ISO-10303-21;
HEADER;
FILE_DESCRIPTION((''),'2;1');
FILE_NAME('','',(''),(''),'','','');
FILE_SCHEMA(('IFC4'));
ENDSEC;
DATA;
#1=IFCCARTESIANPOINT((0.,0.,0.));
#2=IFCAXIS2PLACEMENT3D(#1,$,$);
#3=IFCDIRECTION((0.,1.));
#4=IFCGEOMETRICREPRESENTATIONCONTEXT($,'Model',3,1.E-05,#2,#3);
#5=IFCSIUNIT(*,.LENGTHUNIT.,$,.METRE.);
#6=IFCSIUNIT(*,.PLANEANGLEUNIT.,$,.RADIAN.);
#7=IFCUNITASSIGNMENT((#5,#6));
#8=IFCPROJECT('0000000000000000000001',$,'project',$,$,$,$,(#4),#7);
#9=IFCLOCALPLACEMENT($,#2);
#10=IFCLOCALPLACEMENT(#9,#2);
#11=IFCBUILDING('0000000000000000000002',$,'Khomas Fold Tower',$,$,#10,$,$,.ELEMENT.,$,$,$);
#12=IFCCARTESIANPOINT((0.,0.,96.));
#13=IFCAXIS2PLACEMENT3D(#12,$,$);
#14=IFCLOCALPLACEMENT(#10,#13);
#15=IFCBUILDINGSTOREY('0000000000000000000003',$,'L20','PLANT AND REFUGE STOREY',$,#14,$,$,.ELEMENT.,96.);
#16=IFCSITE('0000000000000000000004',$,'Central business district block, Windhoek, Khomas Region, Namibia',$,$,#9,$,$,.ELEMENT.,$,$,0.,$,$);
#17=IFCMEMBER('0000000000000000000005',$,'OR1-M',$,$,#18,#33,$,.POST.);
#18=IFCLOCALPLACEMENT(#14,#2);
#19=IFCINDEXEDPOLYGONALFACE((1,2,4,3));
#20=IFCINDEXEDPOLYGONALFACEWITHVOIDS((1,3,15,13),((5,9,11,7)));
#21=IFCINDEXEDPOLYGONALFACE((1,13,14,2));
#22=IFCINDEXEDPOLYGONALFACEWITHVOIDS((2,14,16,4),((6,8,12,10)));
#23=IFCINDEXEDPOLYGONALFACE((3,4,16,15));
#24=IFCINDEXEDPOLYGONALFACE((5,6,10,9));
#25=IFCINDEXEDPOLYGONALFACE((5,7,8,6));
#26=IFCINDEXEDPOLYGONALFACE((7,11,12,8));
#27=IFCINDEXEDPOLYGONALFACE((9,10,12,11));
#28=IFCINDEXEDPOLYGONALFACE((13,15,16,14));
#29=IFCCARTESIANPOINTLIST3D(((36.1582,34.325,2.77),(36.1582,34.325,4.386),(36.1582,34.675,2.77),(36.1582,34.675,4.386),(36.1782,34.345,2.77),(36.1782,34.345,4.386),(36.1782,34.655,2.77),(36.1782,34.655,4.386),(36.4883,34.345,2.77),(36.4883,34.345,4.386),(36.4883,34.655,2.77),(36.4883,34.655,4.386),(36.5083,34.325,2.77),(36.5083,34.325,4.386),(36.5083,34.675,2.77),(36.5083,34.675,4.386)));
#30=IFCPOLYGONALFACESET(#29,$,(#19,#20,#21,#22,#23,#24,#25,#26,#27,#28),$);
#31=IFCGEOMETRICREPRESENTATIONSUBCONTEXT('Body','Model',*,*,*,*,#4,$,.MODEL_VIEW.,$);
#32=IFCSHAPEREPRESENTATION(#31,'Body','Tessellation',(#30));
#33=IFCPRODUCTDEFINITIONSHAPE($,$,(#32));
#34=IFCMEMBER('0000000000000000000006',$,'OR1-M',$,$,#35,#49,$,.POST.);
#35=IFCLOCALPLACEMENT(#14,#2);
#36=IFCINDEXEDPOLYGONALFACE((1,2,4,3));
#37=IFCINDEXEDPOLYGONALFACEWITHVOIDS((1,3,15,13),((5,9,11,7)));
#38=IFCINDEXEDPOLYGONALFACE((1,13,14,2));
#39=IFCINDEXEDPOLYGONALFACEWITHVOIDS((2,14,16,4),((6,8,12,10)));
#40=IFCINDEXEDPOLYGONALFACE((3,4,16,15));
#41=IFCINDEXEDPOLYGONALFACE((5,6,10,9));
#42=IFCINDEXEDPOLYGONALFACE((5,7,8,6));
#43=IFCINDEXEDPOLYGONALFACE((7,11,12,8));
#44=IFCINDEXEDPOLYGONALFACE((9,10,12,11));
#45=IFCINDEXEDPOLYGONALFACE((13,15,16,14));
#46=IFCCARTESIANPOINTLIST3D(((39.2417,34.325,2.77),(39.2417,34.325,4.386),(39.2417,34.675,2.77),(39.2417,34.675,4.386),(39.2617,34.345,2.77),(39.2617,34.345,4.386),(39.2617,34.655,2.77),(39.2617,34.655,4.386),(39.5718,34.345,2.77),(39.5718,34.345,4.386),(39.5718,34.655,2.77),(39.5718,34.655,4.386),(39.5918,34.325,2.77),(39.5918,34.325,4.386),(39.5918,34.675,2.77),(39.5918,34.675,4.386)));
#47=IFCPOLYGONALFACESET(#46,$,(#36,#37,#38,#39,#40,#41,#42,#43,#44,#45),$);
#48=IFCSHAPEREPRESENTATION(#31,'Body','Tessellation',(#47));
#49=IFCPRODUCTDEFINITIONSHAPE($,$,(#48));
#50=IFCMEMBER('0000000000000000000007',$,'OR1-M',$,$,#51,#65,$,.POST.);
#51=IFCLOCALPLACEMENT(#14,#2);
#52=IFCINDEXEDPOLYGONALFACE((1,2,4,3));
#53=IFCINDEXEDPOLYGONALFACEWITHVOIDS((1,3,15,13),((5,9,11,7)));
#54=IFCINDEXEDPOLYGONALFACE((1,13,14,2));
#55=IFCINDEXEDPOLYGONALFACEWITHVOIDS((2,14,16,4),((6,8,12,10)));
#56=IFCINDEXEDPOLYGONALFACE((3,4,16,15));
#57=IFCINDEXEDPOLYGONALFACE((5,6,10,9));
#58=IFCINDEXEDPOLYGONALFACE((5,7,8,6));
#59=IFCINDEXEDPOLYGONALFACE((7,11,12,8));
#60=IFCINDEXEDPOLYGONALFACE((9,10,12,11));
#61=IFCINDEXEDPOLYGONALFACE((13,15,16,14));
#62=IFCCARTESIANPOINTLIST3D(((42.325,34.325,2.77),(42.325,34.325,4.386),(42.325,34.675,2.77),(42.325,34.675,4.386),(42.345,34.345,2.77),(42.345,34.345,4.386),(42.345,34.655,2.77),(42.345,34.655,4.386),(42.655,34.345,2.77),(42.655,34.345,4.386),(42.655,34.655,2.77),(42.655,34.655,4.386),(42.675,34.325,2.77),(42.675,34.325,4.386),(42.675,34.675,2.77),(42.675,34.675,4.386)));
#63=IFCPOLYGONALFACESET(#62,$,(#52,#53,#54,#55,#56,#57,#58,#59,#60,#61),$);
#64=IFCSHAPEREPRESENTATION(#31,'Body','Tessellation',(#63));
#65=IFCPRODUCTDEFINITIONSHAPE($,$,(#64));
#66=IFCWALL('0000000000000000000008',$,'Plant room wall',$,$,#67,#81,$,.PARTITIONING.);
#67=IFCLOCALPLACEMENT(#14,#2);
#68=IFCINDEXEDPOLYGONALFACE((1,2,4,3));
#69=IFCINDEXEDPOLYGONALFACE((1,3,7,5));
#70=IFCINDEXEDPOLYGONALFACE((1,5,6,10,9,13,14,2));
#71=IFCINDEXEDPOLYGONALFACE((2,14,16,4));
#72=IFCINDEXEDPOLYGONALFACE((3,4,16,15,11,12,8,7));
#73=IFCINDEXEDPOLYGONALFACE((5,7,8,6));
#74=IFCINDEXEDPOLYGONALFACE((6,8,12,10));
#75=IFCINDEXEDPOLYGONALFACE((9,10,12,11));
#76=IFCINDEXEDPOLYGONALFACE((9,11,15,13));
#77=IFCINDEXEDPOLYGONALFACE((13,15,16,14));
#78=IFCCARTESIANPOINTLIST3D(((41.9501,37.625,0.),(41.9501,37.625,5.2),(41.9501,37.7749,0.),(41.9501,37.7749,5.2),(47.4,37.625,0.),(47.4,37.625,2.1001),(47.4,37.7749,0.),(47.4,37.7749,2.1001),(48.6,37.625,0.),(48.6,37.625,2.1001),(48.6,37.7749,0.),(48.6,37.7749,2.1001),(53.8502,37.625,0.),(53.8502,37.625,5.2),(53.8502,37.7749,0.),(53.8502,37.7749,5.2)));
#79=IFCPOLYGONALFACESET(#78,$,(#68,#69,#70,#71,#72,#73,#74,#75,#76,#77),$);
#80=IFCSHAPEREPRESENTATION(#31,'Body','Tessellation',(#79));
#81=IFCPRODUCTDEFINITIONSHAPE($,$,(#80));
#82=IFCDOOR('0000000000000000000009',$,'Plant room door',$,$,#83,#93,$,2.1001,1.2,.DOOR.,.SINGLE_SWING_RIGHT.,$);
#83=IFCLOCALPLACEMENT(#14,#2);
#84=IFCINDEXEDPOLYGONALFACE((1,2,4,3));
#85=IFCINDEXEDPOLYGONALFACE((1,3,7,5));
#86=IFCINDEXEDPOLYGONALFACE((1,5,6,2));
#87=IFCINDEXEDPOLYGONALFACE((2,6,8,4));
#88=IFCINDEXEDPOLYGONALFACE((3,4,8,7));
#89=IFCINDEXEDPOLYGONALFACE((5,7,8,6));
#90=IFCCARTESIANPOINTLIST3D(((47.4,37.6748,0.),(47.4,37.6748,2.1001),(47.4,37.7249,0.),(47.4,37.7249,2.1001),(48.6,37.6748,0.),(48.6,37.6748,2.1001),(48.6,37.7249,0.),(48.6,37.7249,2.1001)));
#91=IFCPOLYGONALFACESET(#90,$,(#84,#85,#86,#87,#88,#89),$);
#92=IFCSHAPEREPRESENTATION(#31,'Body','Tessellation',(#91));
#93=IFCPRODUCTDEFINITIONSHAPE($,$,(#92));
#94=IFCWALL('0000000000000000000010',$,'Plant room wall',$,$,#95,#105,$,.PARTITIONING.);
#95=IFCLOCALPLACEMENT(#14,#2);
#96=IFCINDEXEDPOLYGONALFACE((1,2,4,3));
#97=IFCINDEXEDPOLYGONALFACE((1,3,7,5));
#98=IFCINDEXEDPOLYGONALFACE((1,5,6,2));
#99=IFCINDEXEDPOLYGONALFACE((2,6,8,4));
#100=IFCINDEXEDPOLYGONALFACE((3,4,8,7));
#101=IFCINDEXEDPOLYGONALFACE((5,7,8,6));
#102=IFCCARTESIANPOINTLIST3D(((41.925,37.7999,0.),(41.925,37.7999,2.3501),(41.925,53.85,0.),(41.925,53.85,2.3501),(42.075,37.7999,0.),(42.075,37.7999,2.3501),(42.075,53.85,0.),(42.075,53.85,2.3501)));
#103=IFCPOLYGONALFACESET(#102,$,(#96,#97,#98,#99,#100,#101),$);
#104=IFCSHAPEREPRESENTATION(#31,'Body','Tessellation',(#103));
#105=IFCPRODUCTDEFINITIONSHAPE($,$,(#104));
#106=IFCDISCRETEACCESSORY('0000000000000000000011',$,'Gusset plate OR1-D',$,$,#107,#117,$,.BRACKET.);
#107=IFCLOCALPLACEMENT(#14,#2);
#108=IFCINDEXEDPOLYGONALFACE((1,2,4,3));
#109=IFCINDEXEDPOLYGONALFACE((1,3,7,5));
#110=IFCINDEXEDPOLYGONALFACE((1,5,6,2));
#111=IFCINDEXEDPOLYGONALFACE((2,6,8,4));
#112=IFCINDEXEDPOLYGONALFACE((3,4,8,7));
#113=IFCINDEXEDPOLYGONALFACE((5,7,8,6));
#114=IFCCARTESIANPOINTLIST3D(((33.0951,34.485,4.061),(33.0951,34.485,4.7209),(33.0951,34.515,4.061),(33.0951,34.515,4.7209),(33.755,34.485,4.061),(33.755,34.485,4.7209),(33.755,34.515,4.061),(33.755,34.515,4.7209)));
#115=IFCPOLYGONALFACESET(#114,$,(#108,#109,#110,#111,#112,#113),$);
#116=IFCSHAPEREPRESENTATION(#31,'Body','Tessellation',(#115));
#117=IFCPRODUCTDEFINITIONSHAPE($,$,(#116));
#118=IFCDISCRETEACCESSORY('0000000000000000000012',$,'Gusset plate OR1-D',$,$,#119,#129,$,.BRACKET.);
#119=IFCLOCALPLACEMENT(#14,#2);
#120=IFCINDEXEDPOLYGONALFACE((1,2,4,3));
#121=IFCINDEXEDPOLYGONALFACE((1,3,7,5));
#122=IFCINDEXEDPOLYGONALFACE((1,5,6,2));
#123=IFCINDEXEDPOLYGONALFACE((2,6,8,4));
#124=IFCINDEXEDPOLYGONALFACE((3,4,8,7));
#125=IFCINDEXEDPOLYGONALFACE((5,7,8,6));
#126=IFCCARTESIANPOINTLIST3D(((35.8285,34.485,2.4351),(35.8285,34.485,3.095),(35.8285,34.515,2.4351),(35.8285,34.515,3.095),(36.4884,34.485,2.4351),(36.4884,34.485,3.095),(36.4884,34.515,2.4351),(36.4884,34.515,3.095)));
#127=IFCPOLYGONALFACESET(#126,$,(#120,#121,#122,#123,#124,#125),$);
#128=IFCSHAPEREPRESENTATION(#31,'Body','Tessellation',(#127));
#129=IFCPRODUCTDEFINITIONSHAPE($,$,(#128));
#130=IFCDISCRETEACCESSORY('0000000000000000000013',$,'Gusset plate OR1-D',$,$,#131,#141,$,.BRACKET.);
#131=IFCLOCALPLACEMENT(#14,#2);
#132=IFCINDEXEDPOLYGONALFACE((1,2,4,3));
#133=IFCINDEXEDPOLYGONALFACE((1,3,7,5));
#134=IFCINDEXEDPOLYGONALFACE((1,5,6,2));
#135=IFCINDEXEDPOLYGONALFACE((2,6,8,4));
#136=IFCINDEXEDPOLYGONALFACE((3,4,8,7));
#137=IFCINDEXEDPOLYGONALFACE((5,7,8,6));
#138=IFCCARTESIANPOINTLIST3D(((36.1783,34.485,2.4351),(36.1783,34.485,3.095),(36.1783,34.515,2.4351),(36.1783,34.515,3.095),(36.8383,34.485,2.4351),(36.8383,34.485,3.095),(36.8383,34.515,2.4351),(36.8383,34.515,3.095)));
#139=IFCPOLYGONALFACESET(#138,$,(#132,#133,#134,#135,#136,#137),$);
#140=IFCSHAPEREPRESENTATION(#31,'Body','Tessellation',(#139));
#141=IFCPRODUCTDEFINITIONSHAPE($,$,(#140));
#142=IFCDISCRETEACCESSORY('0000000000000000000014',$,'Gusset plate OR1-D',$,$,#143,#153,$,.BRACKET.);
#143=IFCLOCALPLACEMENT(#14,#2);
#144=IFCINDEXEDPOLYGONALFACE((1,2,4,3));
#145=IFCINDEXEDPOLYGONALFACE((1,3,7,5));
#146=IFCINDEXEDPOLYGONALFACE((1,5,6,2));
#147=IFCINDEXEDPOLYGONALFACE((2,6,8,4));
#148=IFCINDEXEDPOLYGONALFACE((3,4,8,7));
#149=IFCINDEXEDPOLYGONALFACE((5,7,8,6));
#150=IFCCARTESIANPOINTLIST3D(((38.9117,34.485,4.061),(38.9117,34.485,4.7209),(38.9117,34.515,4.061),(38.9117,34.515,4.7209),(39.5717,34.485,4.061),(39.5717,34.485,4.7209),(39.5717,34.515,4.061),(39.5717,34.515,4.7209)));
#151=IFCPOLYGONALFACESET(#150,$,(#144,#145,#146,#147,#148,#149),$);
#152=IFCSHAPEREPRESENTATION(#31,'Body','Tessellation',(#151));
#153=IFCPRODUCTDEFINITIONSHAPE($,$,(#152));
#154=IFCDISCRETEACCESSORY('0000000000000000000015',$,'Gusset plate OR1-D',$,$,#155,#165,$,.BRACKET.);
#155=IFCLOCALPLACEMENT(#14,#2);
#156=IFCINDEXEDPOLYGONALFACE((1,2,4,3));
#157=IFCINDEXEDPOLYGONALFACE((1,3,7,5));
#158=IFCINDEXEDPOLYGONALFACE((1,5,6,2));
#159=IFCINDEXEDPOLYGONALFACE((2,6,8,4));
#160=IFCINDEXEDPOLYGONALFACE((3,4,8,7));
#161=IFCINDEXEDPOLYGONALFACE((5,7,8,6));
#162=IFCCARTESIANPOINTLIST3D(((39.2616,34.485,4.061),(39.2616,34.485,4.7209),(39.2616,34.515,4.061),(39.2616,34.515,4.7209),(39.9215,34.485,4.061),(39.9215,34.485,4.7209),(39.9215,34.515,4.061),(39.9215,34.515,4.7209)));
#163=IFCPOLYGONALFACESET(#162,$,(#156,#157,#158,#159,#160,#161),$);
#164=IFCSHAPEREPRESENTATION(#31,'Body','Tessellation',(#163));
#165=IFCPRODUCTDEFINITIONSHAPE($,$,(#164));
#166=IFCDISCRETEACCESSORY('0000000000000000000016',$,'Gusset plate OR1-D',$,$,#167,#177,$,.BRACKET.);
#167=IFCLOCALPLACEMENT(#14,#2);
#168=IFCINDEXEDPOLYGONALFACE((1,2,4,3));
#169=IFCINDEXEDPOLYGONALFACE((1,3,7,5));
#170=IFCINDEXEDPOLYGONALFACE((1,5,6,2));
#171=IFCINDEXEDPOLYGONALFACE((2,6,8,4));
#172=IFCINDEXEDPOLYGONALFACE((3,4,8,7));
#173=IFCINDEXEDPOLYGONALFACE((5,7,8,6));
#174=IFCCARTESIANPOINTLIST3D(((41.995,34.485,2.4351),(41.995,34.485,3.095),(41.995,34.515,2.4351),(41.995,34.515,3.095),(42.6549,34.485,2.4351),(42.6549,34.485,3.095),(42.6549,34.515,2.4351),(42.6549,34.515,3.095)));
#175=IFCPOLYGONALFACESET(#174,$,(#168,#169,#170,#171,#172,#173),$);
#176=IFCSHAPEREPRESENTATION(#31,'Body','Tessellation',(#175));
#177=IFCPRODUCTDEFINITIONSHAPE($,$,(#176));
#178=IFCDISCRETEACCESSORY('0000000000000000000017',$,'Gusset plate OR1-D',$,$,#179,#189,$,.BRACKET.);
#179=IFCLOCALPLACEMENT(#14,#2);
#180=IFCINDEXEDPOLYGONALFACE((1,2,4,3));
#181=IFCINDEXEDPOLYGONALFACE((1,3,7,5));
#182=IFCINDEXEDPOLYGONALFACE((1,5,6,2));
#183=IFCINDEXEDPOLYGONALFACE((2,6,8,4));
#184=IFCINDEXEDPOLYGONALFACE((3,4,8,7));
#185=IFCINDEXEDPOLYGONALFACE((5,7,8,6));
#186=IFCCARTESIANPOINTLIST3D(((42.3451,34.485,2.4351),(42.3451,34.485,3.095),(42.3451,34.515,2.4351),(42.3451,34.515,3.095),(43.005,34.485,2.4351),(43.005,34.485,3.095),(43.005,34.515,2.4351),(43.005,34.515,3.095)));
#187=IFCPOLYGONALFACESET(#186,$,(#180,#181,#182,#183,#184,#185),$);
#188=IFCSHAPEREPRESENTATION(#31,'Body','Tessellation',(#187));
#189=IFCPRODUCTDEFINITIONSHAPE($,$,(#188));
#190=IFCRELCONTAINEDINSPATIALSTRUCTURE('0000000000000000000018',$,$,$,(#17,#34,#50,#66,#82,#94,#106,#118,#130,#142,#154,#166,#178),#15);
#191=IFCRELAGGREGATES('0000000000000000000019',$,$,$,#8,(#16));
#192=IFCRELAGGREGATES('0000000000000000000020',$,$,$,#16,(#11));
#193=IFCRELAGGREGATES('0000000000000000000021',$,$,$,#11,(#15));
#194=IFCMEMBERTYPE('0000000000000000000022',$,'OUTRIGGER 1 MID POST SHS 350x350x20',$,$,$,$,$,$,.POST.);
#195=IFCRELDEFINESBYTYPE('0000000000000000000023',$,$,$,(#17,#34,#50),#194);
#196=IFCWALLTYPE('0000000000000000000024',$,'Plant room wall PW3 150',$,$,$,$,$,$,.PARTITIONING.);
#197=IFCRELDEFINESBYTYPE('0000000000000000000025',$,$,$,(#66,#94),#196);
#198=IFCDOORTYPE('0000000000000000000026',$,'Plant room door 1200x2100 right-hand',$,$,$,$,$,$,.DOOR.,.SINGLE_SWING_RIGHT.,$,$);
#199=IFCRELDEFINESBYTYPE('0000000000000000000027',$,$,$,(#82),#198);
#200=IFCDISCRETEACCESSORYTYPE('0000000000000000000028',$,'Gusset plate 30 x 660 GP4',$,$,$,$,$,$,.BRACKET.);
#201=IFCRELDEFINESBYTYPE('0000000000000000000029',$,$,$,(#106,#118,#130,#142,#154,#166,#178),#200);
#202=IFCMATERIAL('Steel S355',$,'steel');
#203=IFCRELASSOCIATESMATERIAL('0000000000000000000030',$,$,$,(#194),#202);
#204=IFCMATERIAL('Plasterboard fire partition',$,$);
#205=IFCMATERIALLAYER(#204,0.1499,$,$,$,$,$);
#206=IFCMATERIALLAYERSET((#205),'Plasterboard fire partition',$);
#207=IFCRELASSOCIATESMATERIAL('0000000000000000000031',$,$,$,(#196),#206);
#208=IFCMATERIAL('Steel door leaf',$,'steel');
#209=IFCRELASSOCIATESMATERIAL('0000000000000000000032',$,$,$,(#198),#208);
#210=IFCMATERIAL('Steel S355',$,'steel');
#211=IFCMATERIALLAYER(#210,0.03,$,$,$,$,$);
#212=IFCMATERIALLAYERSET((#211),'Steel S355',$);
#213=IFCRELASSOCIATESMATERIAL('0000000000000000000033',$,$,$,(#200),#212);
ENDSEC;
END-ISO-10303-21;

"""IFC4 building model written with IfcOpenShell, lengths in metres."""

from ifc_helpers import new_model, si_unit, direction, frame, frame_2d, origin, origin_2d, place, context, subcontext, project, spatial, rectangle, hollow_rectangle, extrude, source, transform, mapped, material, layer, layer_set, material_profile, profile_set, type_object, element, fill, save


model = new_model("IFC4")

# Units and contexts
model_context = context("Model", 3, precision=1e-05, world=origin(), true_north=direction((0.0, 1.0)))
body_context = subcontext(model_context, "Body", "Model", "MODEL_VIEW")
ifc_project = project(units=[si_unit("LENGTHUNIT", "METRE"), si_unit("PLANEANGLEUNIT", "RADIAN")], contexts=[model_context])

# Site, building, storey
site_placement = place(None, origin())
site = spatial("IfcSite", under=ifc_project, at=site_placement, Name="Central business district block, Windhoek, Khomas Region, Namibia", CompositionType="ELEMENT", RefElevation=0.0)
building_placement = place(site_placement, origin())
building = spatial("IfcBuilding", under=site, at=building_placement, Name="Khomas Fold Tower", CompositionType="ELEMENT")
storey_placement = place(building_placement, frame((0.0, 0.0, 96.0)))
storey = spatial("IfcBuildingStorey", under=building, at=storey_placement, Name="L20", Description="PLANT AND REFUGE STOREY", CompositionType="ELEMENT", Elevation=96.0)

# Members
ifc_material_1 = material(Name="Steel S355", Category="steel")
ifc_material_profile_1 = material_profile(ifc_material_1, hollow_rectangle(XDim=0.3501, YDim=0.3501, WallThickness=0.02, at=origin_2d()), Name="SHS 350x350x20")
ifc_profile_set_1 = profile_set([ifc_material_profile_1], Name="Steel S355")
member_type_1 = type_object("IfcMemberType", Name="OUTRIGGER 1 MID POST SHS 350x350x20", PredefinedType="POST", material=ifc_profile_set_1)
shared_shape_1 = source(origin(), body_context, "Body", "SweptSolid", [
    extrude(hollow_rectangle(XDim=0.3501, YDim=0.3501, WallThickness=0.02, at=origin_2d()), origin(), (0.0, 0.0, 1.0), 1.616),
])
for number, where, z_axis, x_axis, name in (
    (1, (36.3333, 34.5, 2.77), (0.0, 0.0, 1.0), (1.0, 0.0, 0.0), "OR1-M"),
    (2, (39.4167, 34.5, 2.77), (0.0, 0.0, 1.0), (1.0, 0.0, 0.0), "OR1-M"),
    (3, (42.5, 34.5, 2.77), (0.0, 0.0, 1.0), (1.0, 0.0, 0.0), "OR1-M"),
):
    element("IfcMember", number, at=place(storey_placement, frame(where, z_axis=z_axis, x_axis=x_axis)), inside=storey, type_object=member_type_1, Name=name, PredefinedType="POST", context=body_context, shape_type="MappedRepresentation", body=[
        mapped(shared_shape_1, transform((0.0, 0.0, 0.0))),
    ])

# Wall, opening, door
ifc_material_2 = material(Name="Plasterboard fire partition")
ifc_layer_1 = layer(ifc_material_2, 0.1499)
ifc_layer_set_1 = layer_set([ifc_layer_1], Name="Plasterboard fire partition")
wall_type = type_object("IfcWallType", Name="Plant room wall PW3 150", PredefinedType="PARTITIONING", material=ifc_layer_set_1)
shared_shape_2 = source(origin(), body_context, "Body", "SweptSolid", [
    extrude(rectangle(XDim=11.9001, YDim=0.1499, at=frame_2d((5.9502, 0.0))), origin(), (0.0, 0.0, 1.0), 5.2),
])
wall_1_placement = place(storey_placement, frame((41.95, 37.7, 0.0), z_axis=(0.0, 0.0, 1.0), x_axis=(1.0, 0.0, 0.0)))
wall_1 = element("IfcWall", 4, at=wall_1_placement, inside=storey, type_object=wall_type, Name="Plant room wall", PredefinedType="PARTITIONING", context=body_context, shape_type="MappedRepresentation", body=[
    mapped(shared_shape_2, transform((0.0, 0.0, 0.0))),
])
shared_shape_3 = source(origin(), body_context, "Body", "SweptSolid", [
    extrude(rectangle(XDim=1.2, YDim=2.1001, at=frame_2d((0.6001, 1.05))), frame((0.0, 0.085, 0.0), z_axis=(0.0, -1.0, 0.0), x_axis=(1.0, 0.0, 0.0)), (0.0, 0.0, 1.0), 0.1699),
])
opening_placement = place(wall_1_placement, frame((5.45, 0.0, 0.0)))
opening = element("IfcOpeningElement", 5, at=opening_placement, cuts=wall_1, PredefinedType="OPENING", context=body_context, shape_type="MappedRepresentation", body=[
    mapped(shared_shape_3, transform((0.0, 0.0, 0.0))),
])
ifc_material_3 = material(Name="Steel door leaf", Category="steel")
door_type = type_object("IfcDoorType", Name="Plant room door 1200x2100 right-hand", OperationType="SINGLE_SWING_RIGHT", PredefinedType="DOOR", material=ifc_material_3)
shared_shape_4 = source(origin(), body_context, "Body", "SweptSolid", [
    extrude(rectangle(XDim=1.2, YDim=2.1001, at=frame_2d((0.6001, 1.05))), frame((0.0, 0.0249, 0.0), z_axis=(0.0, -1.0, 0.0), x_axis=(1.0, 0.0, 0.0)), (0.0, 0.0, 1.0), 0.05),
])
door_placement = place(opening_placement, origin())
door = element("IfcDoor", 6, at=door_placement, inside=storey, type_object=door_type, Name="Plant room door", OperationType="SINGLE_SWING_RIGHT", OverallHeight=2.1001, OverallWidth=1.2, PredefinedType="DOOR", context=body_context, shape_type="MappedRepresentation", body=[
    mapped(shared_shape_4, transform((0.0, 0.0, 0.0))),
])
fill(opening, door)

# Wall
shared_shape_5 = source(origin(), body_context, "Body", "SweptSolid", [
    extrude(rectangle(XDim=16.05, YDim=0.1499, at=frame_2d((8.0249, 0.0))), origin(), (0.0, 0.0, 1.0), 2.3501),
])
wall_2_placement = place(storey_placement, frame((42.0, 37.8, 0.0), z_axis=(0.0, 0.0, 1.0), x_axis=(0.0, 1.0, 0.0)))
element("IfcWall", 7, at=wall_2_placement, inside=storey, type_object=wall_type, Name="Plant room wall", PredefinedType="PARTITIONING", context=body_context, shape_type="MappedRepresentation", body=[
    mapped(shared_shape_5, transform((0.0, 0.0, 0.0))),
])

# Discrete accessories
ifc_material_4 = material(Name="Steel S355", Category="steel")
ifc_layer_2 = layer(ifc_material_4, 0.03)
ifc_layer_set_2 = layer_set([ifc_layer_2], Name="Steel S355")
discrete_accessory_type = type_object("IfcDiscreteAccessoryType", Name="Gusset plate 30 x 660 GP4", PredefinedType="BRACKET", material=ifc_layer_set_2)
shared_shape_6 = source(origin(), body_context, "Body", "SweptSolid", [
    extrude(rectangle(XDim=0.6599, YDim=0.03, at=origin_2d()), origin(), (0.0, 0.0, 1.0), 0.6599),
])
for number, where, z_axis, x_axis, name in (
    (8, (33.425, 34.5, 4.061), (0.0, 0.0, 1.0), (1.0, 0.0, 0.0), "Gusset plate OR1-D"),
    (9, (36.1584, 34.5, 2.4351), (0.0, 0.0, 1.0), (1.0, 0.0, 0.0), "Gusset plate OR1-D"),
    (10, (36.5083, 34.5, 2.4351), (0.0, 0.0, 1.0), (1.0, 0.0, 0.0), "Gusset plate OR1-D"),
    (11, (39.2417, 34.5, 4.061), (0.0, 0.0, 1.0), (1.0, 0.0, 0.0), "Gusset plate OR1-D"),
    (12, (39.5916, 34.5, 4.061), (0.0, 0.0, 1.0), (1.0, 0.0, 0.0), "Gusset plate OR1-D"),
    (13, (42.325, 34.5, 2.4351), (0.0, 0.0, 1.0), (1.0, 0.0, 0.0), "Gusset plate OR1-D"),
    (14, (42.675, 34.5, 2.4351), (0.0, 0.0, 1.0), (1.0, 0.0, 0.0), "Gusset plate OR1-D"),
):
    element("IfcDiscreteAccessory", number, at=place(storey_placement, frame(where, z_axis=z_axis, x_axis=x_axis)), inside=storey, type_object=discrete_accessory_type, Name=name, PredefinedType="BRACKET", context=body_context, shape_type="MappedRepresentation", body=[
        mapped(shared_shape_6, transform((0.0, 0.0, 0.0))),
    ])

save(model, "model.ifc")
